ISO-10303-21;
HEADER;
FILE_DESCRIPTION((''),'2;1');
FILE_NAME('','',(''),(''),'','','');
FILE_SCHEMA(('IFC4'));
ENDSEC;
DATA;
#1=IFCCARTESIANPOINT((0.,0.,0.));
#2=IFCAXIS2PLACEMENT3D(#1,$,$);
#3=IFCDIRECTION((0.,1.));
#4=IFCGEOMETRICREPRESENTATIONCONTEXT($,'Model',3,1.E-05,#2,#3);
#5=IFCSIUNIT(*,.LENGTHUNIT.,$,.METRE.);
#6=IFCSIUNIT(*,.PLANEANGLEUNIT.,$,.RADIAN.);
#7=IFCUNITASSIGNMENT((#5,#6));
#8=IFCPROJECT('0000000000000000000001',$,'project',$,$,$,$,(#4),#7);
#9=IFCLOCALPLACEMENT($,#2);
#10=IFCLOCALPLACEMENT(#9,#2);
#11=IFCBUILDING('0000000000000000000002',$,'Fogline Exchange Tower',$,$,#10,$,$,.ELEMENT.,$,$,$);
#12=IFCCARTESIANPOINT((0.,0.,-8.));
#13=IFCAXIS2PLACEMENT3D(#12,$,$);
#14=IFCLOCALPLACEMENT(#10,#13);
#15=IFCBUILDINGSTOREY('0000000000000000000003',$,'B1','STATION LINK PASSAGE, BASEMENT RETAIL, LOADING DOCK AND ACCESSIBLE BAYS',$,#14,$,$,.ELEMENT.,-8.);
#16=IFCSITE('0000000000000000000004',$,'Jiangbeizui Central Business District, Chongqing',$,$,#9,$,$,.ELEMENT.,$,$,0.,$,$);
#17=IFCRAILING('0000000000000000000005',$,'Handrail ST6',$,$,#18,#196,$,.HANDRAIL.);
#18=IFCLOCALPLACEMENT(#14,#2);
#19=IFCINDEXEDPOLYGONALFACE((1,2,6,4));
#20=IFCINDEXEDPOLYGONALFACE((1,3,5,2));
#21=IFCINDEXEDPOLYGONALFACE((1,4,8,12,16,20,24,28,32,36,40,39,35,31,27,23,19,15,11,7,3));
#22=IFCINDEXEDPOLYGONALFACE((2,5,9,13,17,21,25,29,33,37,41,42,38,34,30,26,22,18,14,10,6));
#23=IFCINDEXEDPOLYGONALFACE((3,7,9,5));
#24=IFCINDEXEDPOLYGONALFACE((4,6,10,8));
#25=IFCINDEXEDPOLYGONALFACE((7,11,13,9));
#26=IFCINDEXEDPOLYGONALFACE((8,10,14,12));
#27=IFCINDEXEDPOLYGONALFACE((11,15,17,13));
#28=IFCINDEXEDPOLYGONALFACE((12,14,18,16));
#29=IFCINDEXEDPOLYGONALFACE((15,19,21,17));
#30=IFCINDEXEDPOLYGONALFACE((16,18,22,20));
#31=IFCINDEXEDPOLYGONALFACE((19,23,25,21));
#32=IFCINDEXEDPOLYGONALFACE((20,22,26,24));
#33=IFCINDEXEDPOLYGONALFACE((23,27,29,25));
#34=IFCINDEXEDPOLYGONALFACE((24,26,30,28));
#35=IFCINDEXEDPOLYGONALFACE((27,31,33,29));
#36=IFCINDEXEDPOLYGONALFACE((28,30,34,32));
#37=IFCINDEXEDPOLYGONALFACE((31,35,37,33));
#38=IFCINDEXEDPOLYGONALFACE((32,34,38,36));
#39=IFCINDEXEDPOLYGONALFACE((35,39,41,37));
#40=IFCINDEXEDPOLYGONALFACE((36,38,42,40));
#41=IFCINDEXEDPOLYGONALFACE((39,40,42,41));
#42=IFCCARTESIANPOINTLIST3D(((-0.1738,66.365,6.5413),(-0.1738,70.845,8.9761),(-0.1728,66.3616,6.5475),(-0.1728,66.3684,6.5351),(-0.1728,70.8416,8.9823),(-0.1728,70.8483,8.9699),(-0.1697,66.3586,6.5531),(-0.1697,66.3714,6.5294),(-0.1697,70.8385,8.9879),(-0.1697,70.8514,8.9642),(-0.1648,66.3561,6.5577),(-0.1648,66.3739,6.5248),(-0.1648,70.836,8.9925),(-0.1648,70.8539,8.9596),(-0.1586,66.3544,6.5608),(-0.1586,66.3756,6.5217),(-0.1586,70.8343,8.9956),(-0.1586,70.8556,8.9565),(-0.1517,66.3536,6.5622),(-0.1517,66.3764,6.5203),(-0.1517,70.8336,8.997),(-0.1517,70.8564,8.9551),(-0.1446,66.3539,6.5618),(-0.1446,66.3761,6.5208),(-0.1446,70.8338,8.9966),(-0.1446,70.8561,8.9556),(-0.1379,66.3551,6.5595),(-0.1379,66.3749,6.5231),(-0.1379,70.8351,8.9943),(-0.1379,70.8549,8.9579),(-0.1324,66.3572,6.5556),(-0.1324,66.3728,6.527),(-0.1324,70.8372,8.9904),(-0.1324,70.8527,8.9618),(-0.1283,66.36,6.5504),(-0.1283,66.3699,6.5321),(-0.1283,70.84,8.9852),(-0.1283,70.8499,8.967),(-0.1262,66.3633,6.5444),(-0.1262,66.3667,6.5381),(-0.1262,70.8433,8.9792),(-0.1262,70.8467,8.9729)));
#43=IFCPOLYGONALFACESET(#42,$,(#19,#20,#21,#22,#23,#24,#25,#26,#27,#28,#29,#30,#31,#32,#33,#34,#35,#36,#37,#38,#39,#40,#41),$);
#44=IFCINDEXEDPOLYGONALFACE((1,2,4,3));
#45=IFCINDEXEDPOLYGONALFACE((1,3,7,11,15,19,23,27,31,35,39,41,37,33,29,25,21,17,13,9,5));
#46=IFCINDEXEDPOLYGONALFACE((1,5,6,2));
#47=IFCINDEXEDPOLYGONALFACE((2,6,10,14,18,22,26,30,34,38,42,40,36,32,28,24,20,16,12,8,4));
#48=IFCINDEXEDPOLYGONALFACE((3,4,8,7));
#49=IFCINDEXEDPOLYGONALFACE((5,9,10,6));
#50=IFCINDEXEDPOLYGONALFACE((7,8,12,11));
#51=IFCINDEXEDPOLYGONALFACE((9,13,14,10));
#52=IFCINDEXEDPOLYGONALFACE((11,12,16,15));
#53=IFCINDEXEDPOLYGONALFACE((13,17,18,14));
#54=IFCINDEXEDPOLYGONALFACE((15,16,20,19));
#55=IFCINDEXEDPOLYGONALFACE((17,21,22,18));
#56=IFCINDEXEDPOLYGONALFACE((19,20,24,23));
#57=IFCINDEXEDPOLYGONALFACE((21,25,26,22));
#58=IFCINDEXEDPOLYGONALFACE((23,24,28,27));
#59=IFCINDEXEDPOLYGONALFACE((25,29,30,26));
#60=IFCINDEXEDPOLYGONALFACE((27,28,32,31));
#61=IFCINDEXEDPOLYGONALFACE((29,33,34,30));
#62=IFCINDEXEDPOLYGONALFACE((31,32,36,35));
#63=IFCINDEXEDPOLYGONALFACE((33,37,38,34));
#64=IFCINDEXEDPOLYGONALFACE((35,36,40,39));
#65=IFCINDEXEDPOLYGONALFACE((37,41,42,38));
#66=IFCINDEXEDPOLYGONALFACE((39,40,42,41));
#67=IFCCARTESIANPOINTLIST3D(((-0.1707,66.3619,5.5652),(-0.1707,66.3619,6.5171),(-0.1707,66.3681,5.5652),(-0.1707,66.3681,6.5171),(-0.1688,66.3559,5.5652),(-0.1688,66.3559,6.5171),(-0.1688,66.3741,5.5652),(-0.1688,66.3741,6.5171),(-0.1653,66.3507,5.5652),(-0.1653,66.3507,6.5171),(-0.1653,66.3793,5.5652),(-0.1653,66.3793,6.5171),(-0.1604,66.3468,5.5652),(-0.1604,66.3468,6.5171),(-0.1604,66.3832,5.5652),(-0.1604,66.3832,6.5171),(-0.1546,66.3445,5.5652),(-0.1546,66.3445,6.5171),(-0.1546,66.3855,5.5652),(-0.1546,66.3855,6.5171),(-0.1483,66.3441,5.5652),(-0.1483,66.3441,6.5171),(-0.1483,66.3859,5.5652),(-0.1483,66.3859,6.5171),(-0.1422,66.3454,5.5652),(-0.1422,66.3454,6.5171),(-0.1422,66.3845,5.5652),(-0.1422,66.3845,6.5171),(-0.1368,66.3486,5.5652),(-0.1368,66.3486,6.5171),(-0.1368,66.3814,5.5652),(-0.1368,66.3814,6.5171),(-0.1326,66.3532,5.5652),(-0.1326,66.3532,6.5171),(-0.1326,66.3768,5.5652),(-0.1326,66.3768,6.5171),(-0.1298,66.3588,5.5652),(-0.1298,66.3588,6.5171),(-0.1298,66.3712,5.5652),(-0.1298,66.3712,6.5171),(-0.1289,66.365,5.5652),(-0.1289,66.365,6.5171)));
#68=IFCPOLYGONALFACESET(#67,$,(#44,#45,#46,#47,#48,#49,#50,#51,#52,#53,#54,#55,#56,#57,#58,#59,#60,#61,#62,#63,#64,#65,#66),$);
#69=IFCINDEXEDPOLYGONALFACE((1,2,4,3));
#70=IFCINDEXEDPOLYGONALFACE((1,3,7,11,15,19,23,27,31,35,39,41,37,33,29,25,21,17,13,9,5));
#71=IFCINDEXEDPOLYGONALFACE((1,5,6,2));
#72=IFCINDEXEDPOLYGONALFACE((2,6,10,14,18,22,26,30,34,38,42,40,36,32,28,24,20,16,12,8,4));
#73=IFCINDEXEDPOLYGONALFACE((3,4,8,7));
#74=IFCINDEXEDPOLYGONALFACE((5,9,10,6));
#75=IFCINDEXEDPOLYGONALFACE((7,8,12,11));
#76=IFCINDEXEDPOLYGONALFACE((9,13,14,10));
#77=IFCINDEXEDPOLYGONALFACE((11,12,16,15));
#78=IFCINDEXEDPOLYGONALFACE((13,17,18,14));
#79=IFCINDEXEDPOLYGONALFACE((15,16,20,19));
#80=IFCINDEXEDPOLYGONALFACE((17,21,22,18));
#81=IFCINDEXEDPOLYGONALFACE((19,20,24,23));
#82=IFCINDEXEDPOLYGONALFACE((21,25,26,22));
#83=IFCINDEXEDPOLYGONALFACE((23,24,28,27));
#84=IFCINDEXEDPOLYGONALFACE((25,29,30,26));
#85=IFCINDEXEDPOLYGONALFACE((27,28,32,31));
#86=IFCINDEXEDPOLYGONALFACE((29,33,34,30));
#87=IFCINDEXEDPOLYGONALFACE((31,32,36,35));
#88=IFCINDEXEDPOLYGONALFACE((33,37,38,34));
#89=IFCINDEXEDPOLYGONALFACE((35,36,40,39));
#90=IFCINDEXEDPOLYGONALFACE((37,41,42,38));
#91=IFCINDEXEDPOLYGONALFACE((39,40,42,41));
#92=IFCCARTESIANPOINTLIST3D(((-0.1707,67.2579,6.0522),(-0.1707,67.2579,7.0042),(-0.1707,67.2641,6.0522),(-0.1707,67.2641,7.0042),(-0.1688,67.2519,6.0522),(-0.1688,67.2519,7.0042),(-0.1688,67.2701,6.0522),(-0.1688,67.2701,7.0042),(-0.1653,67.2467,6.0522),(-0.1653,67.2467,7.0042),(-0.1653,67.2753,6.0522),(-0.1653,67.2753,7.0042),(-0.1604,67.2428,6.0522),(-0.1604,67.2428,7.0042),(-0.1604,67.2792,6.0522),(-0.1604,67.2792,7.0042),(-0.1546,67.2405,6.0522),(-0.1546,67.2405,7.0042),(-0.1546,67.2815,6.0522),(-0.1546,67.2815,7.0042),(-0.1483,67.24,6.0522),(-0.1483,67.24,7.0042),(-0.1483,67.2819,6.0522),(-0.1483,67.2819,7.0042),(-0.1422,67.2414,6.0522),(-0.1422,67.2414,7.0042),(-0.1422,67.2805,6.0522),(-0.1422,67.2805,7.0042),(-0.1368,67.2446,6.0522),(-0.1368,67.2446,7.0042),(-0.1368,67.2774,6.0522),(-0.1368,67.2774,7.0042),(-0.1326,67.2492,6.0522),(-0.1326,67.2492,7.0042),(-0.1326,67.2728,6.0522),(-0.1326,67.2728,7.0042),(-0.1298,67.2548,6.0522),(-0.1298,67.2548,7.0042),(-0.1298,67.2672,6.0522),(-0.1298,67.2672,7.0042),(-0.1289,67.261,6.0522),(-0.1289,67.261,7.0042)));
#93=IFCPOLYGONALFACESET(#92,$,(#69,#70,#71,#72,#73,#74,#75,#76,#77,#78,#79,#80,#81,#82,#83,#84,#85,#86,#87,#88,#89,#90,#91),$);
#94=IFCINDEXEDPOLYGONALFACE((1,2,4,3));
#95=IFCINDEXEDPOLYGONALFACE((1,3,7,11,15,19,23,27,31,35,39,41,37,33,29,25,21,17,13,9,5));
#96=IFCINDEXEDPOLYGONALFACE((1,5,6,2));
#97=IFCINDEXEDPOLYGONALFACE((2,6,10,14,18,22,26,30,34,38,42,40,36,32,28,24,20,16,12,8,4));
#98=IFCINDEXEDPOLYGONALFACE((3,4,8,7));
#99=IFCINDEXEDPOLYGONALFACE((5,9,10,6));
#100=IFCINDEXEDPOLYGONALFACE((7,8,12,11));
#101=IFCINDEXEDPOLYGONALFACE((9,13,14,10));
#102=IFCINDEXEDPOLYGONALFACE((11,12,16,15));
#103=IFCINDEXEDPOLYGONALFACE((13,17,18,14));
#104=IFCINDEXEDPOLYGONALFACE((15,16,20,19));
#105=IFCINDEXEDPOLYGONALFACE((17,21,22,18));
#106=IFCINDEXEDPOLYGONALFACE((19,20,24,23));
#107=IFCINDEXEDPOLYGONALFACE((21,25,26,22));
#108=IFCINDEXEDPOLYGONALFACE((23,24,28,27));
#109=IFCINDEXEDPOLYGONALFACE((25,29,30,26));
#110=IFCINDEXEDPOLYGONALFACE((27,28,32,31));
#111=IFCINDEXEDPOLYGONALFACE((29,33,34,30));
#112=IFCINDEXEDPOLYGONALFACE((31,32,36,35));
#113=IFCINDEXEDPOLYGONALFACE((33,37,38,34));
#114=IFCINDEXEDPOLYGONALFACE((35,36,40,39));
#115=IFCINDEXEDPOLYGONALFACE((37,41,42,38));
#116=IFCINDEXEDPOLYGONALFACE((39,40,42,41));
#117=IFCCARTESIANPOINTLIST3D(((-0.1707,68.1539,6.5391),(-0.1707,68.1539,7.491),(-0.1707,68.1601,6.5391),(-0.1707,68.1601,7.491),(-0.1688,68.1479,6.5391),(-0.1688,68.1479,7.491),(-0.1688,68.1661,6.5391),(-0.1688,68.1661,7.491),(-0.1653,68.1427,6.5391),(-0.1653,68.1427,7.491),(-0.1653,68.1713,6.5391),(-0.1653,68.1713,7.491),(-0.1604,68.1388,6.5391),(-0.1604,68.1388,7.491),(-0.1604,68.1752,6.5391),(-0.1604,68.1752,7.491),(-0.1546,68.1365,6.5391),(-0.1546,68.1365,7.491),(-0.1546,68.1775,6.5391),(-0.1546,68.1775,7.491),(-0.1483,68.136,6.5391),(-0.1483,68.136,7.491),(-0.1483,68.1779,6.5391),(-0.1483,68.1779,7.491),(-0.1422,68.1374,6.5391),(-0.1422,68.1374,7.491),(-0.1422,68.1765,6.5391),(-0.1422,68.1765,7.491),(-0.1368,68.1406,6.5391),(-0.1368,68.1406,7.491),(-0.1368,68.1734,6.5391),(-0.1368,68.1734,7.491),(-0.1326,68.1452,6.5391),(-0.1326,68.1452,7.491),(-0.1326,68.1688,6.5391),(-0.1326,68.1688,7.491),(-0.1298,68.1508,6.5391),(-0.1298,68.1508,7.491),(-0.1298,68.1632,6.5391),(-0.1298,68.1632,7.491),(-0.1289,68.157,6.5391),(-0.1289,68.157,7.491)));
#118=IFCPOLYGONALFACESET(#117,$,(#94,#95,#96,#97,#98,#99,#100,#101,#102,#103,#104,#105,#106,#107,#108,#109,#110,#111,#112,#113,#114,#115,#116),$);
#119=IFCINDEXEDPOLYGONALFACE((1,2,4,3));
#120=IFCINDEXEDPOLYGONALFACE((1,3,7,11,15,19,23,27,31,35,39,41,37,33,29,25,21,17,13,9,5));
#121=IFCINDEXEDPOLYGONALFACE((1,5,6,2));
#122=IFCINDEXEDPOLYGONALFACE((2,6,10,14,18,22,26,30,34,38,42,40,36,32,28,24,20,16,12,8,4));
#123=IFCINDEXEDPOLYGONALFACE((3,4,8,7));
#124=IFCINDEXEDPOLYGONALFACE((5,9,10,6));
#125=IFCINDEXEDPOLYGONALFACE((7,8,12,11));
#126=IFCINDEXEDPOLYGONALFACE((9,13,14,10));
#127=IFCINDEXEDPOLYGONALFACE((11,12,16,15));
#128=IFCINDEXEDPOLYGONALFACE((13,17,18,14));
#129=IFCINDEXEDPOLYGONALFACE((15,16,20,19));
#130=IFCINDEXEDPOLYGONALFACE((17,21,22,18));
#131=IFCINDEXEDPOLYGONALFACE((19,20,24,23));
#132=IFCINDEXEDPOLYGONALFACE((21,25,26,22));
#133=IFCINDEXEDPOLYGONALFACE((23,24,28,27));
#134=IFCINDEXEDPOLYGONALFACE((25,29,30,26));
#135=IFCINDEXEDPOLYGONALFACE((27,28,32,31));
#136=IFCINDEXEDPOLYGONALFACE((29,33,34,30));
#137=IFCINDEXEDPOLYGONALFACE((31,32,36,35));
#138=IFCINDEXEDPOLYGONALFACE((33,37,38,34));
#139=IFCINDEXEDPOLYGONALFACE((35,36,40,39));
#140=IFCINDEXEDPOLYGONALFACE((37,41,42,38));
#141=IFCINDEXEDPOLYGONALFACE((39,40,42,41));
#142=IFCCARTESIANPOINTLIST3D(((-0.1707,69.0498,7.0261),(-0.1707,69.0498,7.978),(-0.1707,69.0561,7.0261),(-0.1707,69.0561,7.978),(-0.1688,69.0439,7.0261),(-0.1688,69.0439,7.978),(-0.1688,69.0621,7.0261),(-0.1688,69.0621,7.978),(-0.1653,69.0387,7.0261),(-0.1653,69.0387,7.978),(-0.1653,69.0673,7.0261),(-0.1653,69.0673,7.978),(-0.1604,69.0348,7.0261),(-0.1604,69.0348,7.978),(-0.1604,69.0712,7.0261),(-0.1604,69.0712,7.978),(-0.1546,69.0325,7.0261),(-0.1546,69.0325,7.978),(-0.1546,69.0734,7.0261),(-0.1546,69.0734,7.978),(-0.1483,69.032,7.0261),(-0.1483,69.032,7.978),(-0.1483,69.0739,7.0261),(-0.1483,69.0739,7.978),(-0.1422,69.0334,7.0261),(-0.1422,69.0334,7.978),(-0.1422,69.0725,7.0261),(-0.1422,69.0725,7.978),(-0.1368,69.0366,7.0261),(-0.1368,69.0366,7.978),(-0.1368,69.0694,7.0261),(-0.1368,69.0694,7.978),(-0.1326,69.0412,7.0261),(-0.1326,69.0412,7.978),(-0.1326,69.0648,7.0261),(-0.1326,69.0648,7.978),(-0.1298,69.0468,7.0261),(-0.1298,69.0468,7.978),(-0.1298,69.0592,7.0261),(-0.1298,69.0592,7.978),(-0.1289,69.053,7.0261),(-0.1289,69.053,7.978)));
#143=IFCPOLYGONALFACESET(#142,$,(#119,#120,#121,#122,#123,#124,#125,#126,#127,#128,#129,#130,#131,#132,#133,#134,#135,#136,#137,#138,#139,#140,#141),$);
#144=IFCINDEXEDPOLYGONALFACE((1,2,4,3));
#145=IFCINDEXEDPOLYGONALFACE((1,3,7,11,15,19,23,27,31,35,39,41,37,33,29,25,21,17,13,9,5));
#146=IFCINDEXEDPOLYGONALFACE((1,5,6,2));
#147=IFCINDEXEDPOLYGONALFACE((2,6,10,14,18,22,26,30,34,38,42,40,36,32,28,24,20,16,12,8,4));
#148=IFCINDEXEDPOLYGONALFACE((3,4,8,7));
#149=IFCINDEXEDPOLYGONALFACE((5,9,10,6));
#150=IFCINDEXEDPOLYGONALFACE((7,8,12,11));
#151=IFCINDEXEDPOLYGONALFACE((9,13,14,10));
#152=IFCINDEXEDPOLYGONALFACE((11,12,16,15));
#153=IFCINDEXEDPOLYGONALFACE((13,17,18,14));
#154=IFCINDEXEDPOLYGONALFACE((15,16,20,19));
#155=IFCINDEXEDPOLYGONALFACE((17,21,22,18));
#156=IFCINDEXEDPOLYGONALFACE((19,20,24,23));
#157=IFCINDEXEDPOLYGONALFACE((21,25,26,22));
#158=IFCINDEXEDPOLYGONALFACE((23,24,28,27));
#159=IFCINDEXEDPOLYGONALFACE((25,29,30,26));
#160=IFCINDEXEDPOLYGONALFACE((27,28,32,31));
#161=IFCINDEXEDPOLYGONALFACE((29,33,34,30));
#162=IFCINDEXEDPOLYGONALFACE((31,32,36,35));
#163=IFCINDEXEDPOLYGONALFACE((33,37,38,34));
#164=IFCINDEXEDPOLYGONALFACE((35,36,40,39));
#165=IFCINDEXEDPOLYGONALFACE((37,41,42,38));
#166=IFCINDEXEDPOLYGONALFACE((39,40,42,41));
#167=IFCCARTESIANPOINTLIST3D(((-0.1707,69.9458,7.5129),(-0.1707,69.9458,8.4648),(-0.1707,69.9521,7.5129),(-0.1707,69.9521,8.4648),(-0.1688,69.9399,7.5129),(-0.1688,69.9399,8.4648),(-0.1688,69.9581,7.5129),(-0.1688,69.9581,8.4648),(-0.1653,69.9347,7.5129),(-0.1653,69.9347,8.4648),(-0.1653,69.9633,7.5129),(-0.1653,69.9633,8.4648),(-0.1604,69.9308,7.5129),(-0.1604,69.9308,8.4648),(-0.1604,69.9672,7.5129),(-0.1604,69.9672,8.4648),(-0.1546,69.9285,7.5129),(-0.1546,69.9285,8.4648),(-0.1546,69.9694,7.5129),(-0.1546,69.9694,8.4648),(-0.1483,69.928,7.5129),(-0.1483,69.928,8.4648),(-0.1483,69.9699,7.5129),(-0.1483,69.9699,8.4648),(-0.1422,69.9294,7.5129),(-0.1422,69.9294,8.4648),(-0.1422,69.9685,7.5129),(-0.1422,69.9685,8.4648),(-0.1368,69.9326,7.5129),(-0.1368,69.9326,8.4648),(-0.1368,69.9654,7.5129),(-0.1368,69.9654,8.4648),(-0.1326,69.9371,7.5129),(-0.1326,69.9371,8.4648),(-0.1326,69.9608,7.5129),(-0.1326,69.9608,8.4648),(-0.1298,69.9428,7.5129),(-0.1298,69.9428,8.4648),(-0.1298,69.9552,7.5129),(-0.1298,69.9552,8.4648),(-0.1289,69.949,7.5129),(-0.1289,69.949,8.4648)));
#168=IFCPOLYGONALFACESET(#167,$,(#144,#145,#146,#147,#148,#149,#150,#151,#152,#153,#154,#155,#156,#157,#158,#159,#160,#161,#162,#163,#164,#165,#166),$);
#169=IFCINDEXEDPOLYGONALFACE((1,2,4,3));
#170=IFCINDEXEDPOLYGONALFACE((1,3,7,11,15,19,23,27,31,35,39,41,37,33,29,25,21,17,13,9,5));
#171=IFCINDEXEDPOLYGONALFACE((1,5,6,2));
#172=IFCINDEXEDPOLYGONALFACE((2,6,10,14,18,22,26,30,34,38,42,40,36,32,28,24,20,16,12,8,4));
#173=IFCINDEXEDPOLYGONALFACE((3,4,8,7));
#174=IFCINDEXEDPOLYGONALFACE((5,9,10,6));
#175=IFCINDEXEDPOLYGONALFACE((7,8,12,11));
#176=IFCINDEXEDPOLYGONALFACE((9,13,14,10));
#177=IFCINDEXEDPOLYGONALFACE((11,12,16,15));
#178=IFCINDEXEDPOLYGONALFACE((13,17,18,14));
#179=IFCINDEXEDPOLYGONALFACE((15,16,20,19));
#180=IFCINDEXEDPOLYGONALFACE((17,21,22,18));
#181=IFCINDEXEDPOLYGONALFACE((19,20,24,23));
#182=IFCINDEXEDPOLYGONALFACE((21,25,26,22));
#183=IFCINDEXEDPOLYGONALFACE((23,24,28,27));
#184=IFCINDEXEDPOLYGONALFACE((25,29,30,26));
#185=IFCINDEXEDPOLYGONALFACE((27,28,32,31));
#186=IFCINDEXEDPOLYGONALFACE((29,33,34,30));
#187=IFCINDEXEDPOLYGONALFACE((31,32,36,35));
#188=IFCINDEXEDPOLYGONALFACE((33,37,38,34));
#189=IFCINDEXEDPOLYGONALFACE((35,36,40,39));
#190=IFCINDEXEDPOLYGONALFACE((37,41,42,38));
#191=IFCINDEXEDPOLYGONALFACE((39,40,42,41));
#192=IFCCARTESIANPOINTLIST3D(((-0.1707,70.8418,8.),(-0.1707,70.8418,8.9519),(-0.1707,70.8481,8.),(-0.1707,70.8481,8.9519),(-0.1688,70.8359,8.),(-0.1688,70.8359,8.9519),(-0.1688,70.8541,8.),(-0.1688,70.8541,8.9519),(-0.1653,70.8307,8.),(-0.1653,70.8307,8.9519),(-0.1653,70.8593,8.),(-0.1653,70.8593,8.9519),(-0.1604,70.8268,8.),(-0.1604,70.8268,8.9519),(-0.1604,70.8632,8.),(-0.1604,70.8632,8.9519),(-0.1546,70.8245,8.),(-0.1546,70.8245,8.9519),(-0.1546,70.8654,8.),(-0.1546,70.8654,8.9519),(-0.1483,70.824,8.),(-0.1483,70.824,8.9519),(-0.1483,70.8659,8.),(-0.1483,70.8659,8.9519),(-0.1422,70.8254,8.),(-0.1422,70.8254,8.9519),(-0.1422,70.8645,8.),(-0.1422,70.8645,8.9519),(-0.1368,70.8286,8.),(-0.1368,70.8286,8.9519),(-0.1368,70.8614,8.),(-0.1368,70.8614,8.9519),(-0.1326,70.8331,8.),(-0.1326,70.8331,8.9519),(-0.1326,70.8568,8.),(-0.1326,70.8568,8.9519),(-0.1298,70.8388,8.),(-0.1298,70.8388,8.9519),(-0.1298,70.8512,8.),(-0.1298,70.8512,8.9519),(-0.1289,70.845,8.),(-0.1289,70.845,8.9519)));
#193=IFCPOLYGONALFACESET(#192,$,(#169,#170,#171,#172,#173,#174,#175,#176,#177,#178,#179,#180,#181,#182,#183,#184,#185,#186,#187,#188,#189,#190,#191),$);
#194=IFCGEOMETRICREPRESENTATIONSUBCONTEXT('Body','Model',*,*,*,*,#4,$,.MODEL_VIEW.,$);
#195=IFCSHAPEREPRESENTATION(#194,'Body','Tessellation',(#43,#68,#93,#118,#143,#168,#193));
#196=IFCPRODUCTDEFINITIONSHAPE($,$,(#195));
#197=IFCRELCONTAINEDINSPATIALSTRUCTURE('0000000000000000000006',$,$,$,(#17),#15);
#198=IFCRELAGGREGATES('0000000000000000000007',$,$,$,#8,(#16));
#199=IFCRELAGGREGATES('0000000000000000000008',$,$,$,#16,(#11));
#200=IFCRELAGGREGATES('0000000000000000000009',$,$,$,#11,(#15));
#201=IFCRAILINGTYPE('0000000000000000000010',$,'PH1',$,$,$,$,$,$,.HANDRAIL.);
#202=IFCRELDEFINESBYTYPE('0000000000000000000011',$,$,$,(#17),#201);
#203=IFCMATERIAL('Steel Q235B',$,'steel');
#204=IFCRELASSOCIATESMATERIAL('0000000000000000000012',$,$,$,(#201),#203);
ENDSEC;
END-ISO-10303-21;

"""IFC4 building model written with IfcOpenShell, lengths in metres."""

from ifc_helpers import new_model, si_unit, direction, frame, origin, origin_2d, place, context, subcontext, project, spatial, circle, extrude, material, type_object, element, save


model = new_model("IFC4")

# Units and contexts
model_context = context("Model", 3, precision=1e-05, world=origin(), true_north=direction((0.0, 1.0)))
body_context = subcontext(model_context, "Body", "Model", "MODEL_VIEW")
ifc_project = project(units=[si_unit("LENGTHUNIT", "METRE"), si_unit("PLANEANGLEUNIT", "RADIAN")], contexts=[model_context])

# Site, building, storey
site_placement = place(None, origin())
site = spatial("IfcSite", under=ifc_project, at=site_placement, Name="Jiangbeizui Central Business District, Chongqing", CompositionType="ELEMENT", RefElevation=0.0)
building_placement = place(site_placement, origin())
building = spatial("IfcBuilding", under=site, at=building_placement, Name="Fogline Exchange Tower", CompositionType="ELEMENT")
storey_placement = place(building_placement, frame((0.0, 0.0, -8.0)))
storey = spatial("IfcBuildingStorey", under=building, at=storey_placement, Name="B1", Description="STATION LINK PASSAGE, BASEMENT RETAIL, LOADING DOCK AND ACCESSIBLE BAYS", CompositionType="ELEMENT", Elevation=-8.0)

# Railing
ifc_material_1 = material(Name="Steel Q235B", Category="steel")
railing_type_1 = type_object("IfcRailingType", Name="PH1", PredefinedType="HANDRAIL", material=ifc_material_1)
for number, where, name in (
    (1, (-0.1499, 66.365, 5.5652), "Handrail ST6"),
):
    element("IfcRailing", number, at=place(storey_placement, frame(where)), inside=storey, type_object=railing_type_1, Name=name, PredefinedType="HANDRAIL", context=body_context, shape_type="SweptSolid", body=[
        extrude(circle(Radius=0.0239, at=origin_2d()), frame((0.0, 0.0, 0.9761), z_axis=(0.0, 0.878621, 0.47752), x_axis=(-1.0, 0.0, 0.0)), (0.0, 0.0, 1.0), 5.0989),
        extrude(circle(Radius=0.021, at=origin_2d()), origin(), (0.0, 0.0, 1.0), 0.9519),
        extrude(circle(Radius=0.021, at=origin_2d()), frame((0.0, 0.896, 0.4871)), (0.0, 0.0, 1.0), 0.9519),
        extrude(circle(Radius=0.021, at=origin_2d()), frame((0.0, 1.792, 0.9739)), (0.0, 0.0, 1.0), 0.9519),
        extrude(circle(Radius=0.021, at=origin_2d()), frame((0.0, 2.688, 1.4609)), (0.0, 0.0, 1.0), 0.9519),
        extrude(circle(Radius=0.021, at=origin_2d()), frame((0.0, 3.584, 1.9478)), (0.0, 0.0, 1.0), 0.9519),
        extrude(circle(Radius=0.021, at=origin_2d()), frame((0.0, 4.48, 2.4348)), (0.0, 0.0, 1.0), 0.9519),
    ])

save(model, "model.ifc")
